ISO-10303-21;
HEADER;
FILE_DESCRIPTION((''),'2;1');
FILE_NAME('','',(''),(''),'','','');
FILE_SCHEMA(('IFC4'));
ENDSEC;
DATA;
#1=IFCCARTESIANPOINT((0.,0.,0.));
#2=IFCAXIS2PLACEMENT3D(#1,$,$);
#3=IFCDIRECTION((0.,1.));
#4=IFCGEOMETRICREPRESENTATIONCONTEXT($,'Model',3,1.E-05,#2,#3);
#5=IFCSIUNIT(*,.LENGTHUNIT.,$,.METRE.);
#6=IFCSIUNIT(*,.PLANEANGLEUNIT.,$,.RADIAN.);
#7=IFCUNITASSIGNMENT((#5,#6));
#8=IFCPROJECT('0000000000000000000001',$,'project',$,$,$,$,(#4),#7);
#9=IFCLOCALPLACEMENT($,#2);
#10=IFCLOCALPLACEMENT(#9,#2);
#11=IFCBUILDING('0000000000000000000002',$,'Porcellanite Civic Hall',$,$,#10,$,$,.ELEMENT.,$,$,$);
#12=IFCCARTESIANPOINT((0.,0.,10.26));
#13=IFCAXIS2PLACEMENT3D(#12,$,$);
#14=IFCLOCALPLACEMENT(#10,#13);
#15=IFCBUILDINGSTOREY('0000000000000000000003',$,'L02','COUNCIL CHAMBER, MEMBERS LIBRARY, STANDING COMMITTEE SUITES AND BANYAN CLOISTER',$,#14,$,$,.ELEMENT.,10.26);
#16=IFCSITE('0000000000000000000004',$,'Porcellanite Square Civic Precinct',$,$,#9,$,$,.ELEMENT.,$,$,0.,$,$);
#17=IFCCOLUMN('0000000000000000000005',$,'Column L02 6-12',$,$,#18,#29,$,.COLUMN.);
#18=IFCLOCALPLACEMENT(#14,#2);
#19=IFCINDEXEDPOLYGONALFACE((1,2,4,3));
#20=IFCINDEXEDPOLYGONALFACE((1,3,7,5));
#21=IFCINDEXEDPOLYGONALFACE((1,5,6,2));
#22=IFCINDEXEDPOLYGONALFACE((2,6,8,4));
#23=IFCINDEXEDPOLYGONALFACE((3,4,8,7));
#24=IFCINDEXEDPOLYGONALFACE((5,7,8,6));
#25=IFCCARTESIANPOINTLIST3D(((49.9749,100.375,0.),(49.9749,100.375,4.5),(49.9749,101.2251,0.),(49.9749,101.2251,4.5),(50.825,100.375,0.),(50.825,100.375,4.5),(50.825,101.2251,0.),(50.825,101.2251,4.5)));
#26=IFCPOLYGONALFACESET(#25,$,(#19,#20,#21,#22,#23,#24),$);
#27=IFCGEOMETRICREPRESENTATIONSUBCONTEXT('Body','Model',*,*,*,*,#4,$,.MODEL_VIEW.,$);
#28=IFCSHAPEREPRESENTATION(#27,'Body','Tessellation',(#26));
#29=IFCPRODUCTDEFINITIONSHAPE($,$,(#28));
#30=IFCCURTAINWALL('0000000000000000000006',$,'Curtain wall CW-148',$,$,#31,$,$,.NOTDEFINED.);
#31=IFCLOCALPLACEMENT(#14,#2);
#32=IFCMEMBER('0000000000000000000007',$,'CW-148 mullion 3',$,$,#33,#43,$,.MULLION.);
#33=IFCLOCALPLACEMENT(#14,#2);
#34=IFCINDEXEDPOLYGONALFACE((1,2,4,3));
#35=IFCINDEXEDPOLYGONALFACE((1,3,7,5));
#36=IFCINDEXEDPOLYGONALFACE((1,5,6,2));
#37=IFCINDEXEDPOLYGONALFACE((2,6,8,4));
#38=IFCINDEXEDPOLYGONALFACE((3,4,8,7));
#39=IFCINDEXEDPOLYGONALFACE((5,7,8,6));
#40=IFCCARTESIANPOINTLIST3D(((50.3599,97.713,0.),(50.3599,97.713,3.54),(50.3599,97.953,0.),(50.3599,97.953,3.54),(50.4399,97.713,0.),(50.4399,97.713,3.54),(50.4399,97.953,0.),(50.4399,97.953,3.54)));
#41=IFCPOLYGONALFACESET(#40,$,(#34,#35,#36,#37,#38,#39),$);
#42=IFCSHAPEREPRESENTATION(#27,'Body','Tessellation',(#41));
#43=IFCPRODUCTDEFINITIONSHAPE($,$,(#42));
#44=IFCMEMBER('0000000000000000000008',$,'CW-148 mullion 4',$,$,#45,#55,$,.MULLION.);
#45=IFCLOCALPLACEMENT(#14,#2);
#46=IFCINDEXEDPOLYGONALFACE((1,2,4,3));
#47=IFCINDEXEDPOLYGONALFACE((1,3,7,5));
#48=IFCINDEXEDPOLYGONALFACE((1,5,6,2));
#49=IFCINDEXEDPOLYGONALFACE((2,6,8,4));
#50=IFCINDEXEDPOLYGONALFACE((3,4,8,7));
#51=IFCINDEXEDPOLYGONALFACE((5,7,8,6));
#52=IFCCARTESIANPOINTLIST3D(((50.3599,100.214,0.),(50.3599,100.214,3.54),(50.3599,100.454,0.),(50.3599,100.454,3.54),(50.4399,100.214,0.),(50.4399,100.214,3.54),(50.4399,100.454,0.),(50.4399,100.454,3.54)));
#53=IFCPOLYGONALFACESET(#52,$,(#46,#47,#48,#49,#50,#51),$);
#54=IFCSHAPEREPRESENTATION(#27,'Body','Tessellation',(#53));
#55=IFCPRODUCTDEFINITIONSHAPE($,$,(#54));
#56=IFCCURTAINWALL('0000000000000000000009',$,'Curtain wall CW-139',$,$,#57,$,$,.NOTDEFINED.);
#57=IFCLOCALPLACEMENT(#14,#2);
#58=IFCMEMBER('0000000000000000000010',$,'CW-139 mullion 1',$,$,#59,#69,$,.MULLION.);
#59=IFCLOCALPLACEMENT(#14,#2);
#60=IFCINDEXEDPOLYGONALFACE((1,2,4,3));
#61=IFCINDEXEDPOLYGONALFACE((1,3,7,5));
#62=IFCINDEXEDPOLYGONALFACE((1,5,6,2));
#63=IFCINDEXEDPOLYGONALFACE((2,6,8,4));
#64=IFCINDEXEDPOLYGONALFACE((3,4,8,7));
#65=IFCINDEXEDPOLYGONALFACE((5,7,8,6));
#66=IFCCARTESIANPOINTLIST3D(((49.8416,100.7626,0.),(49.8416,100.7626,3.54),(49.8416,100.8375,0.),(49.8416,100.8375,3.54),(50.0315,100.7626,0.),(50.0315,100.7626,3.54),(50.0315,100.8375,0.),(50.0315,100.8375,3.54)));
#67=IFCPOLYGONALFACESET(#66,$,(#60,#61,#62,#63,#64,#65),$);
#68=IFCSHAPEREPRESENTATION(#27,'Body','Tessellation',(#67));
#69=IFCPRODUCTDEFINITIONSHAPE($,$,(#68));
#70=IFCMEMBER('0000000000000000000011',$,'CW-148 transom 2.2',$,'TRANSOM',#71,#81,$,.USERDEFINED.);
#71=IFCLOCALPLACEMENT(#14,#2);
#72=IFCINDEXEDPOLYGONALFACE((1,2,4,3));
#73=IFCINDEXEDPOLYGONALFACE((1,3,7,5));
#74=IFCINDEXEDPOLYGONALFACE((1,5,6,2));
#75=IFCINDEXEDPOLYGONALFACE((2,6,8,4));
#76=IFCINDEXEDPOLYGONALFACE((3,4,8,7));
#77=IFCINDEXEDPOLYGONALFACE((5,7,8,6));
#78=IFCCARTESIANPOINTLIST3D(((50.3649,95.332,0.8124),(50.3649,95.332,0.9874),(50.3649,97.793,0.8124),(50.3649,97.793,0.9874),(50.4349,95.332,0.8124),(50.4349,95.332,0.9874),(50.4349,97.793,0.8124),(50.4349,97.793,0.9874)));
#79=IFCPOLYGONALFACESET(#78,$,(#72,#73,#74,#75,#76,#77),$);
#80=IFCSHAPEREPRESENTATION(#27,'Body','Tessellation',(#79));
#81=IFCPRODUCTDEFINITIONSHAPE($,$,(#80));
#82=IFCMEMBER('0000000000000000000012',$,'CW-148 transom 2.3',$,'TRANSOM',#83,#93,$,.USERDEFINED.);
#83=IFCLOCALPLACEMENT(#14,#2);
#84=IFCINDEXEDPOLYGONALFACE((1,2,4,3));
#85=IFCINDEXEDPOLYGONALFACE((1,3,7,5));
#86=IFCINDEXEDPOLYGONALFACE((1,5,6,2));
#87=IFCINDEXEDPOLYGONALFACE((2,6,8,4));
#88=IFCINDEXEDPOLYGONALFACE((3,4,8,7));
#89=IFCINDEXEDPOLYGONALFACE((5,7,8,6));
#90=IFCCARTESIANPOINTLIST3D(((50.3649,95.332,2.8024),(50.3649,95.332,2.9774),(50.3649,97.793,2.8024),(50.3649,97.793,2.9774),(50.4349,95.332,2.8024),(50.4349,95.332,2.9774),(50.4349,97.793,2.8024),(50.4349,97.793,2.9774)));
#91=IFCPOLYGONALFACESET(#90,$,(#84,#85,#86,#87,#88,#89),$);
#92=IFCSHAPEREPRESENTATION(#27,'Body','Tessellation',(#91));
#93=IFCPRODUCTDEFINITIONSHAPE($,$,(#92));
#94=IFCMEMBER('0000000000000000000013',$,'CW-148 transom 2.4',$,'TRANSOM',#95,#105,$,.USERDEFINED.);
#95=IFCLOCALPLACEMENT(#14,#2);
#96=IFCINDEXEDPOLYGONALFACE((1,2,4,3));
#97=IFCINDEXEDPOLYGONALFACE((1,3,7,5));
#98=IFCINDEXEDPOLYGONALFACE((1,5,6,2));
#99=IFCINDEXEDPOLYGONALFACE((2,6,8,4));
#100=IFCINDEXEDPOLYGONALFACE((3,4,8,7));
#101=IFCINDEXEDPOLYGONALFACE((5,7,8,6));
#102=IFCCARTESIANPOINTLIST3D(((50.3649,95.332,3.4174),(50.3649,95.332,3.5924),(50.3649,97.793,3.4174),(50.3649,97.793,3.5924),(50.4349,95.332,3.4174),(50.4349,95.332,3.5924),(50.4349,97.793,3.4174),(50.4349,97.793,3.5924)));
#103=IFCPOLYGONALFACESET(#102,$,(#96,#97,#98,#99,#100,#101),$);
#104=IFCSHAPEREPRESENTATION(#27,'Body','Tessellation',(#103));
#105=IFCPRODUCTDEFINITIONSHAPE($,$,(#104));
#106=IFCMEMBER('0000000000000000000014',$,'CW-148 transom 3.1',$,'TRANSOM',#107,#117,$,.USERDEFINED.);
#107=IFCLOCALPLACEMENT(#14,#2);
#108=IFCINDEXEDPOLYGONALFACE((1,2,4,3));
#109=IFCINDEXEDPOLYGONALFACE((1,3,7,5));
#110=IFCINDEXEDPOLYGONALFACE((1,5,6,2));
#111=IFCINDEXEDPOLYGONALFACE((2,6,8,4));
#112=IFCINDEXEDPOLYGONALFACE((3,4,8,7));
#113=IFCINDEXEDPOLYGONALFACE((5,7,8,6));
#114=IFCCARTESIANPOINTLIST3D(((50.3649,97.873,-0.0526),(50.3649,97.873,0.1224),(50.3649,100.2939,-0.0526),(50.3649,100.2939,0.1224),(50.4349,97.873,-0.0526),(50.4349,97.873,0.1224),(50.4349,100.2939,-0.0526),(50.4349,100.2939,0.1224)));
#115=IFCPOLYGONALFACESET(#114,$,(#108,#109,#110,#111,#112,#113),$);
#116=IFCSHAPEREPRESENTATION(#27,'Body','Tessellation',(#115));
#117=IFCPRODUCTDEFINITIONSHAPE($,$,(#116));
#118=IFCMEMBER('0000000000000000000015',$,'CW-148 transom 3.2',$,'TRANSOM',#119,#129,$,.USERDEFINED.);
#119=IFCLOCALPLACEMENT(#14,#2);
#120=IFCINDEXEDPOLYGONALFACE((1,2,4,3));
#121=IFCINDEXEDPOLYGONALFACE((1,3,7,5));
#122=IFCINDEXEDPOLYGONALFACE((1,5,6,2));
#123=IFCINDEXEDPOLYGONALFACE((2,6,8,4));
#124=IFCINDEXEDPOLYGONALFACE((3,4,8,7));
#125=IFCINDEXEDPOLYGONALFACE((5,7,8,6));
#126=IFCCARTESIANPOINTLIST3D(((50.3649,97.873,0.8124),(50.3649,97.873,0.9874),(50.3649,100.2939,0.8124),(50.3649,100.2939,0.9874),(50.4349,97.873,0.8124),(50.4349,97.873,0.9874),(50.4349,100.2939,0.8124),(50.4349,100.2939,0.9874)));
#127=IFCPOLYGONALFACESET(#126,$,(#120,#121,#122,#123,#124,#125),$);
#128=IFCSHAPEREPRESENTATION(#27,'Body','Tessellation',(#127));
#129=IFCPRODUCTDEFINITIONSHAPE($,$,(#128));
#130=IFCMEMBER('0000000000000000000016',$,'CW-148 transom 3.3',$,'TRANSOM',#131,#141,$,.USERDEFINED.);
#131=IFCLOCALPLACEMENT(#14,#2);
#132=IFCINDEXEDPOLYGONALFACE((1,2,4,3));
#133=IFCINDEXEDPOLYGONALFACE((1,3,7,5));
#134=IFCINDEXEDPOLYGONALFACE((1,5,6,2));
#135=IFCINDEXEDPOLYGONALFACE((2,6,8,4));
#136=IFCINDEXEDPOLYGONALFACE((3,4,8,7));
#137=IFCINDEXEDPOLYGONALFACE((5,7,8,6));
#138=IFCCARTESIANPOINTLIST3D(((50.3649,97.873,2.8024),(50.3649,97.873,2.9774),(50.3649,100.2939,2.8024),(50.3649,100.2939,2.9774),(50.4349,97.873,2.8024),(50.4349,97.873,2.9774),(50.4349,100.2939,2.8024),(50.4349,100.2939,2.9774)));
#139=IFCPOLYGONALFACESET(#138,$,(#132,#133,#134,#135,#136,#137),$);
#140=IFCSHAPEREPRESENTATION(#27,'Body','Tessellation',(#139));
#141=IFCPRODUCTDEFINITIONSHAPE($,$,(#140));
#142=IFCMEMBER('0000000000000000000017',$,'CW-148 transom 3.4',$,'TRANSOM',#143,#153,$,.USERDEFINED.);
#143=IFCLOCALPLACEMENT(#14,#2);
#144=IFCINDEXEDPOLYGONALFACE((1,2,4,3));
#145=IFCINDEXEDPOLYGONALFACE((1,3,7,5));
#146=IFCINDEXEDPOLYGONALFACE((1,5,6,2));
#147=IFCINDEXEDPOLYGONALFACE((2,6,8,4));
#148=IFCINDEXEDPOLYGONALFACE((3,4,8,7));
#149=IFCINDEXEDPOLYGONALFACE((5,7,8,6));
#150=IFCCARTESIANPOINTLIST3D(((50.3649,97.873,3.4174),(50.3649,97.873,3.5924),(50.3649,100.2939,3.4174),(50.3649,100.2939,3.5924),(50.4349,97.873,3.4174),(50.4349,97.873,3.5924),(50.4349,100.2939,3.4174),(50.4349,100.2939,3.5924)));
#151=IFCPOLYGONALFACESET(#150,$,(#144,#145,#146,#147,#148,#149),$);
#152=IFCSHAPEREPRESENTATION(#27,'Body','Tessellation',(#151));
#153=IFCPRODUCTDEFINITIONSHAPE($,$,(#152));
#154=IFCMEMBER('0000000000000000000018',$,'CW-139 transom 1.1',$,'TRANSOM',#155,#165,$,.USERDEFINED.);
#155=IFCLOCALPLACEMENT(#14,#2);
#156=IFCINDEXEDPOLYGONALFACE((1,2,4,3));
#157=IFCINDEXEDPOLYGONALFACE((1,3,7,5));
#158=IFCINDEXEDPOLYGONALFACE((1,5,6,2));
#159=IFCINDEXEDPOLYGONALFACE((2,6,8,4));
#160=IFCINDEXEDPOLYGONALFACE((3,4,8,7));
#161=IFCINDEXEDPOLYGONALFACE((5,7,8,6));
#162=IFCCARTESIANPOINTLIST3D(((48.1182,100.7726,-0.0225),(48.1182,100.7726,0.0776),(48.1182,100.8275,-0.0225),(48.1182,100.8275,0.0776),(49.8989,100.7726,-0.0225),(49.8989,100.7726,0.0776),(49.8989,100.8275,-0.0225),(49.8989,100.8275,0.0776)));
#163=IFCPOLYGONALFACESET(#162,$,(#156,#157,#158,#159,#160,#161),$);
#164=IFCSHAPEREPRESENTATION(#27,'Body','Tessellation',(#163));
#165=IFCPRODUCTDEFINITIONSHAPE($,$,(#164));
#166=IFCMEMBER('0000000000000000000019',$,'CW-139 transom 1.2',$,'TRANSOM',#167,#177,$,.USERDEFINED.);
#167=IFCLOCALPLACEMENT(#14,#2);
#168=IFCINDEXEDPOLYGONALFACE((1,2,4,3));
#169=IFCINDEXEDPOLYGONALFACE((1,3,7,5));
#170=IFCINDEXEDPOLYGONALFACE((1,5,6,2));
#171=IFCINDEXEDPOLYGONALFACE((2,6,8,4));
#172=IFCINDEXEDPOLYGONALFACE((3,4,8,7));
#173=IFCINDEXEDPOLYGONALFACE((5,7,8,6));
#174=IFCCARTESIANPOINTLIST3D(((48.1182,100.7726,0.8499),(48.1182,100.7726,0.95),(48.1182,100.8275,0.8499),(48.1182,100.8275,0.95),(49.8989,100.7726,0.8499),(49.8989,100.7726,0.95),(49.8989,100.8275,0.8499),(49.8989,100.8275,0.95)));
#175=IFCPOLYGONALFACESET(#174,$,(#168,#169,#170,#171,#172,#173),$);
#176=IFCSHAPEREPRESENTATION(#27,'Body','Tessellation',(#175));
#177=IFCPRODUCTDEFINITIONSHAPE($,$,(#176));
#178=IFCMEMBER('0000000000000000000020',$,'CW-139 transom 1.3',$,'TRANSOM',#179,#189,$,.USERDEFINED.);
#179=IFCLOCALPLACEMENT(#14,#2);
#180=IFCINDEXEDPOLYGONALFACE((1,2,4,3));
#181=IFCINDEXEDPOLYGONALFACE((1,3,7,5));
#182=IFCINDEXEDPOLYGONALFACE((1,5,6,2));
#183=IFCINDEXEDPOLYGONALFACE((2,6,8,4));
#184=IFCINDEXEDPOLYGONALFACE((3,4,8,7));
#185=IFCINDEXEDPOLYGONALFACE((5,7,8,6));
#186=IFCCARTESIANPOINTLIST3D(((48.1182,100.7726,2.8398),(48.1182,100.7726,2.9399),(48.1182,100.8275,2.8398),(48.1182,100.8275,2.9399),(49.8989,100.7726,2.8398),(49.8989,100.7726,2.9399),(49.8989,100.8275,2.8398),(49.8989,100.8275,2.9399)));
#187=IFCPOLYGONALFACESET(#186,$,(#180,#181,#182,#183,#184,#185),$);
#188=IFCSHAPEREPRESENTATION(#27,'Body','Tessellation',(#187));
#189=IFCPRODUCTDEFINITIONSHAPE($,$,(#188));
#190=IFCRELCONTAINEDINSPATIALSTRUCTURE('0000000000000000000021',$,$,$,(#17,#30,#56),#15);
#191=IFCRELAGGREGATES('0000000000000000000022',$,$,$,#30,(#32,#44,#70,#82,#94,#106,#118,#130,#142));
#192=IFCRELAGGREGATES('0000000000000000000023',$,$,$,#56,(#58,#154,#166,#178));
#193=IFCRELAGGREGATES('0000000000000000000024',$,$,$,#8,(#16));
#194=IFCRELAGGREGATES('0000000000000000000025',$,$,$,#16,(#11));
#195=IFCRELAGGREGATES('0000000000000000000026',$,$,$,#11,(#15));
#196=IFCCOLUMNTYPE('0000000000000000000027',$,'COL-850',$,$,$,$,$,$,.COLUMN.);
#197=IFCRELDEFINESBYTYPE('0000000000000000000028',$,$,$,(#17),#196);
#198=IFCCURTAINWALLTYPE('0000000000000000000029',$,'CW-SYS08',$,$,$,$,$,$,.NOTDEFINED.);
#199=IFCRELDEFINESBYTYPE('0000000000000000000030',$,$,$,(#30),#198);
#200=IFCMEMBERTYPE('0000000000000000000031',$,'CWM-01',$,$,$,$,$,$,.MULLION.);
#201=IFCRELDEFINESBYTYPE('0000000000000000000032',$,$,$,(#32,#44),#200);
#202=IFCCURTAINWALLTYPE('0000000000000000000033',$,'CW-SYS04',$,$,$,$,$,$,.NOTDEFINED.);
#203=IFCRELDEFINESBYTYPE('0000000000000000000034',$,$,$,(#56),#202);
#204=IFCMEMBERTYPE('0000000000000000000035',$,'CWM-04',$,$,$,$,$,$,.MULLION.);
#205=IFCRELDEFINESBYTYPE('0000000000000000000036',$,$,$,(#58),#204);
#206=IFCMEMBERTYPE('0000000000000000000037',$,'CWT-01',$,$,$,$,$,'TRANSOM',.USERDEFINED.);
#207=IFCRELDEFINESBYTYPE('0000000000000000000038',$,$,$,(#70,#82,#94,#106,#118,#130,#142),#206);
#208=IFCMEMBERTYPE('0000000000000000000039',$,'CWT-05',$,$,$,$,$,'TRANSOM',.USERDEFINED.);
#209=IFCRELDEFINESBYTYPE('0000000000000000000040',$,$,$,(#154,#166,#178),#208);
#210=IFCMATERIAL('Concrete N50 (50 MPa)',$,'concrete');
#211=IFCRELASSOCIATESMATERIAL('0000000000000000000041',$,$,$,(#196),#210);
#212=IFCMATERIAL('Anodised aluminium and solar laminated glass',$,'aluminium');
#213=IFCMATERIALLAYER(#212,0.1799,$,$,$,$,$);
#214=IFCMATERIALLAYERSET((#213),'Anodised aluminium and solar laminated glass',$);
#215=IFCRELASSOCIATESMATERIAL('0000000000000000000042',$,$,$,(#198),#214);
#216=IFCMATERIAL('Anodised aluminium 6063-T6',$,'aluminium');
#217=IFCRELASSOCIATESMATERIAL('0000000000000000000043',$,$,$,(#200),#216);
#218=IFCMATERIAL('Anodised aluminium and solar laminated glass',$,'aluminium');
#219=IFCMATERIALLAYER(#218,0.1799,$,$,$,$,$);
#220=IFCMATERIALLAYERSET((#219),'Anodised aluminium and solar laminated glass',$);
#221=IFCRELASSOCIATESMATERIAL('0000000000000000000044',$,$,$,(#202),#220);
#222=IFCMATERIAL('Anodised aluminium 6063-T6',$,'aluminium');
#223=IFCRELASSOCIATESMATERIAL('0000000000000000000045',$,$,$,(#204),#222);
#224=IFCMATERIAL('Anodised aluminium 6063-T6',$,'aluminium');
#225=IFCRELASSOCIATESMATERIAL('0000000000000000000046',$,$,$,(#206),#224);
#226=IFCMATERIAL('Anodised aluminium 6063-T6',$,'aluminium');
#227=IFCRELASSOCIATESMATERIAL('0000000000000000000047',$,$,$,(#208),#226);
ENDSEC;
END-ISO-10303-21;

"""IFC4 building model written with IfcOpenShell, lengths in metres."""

from ifc_helpers import new_model, si_unit, direction, frame, origin, origin_2d, place, context, subcontext, project, spatial, rectangle, extrude, material, layer, layer_set, material_profile, profile_set, type_object, element, aggregate, save


model = new_model("IFC4")

# Units and contexts
model_context = context("Model", 3, precision=1e-05, world=origin(), true_north=direction((0.0, 1.0)))
body_context = subcontext(model_context, "Body", "Model", "MODEL_VIEW")
ifc_project = project(units=[si_unit("LENGTHUNIT", "METRE"), si_unit("PLANEANGLEUNIT", "RADIAN")], contexts=[model_context])

# Site, building, storey
site_placement = place(None, origin())
site = spatial("IfcSite", under=ifc_project, at=site_placement, Name="Porcellanite Square Civic Precinct", CompositionType="ELEMENT", RefElevation=0.0)
building_placement = place(site_placement, origin())
building = spatial("IfcBuilding", under=site, at=building_placement, Name="Porcellanite Civic Hall", CompositionType="ELEMENT")
storey_placement = place(building_placement, frame((0.0, 0.0, 10.26)))
storey = spatial("IfcBuildingStorey", under=building, at=storey_placement, Name="L02", Description="COUNCIL CHAMBER, MEMBERS LIBRARY, STANDING COMMITTEE SUITES AND BANYAN CLOISTER", CompositionType="ELEMENT", Elevation=10.26)

# Column
ifc_material_1 = material(Name="Concrete N50 (50 MPa)", Category="concrete")
ifc_material_profile_1 = material_profile(ifc_material_1, rectangle(XDim=0.8501, YDim=0.8501, at=origin_2d()), Name="RC-850x850")
ifc_profile_set_1 = profile_set([ifc_material_profile_1], Name="Concrete N50 (50 MPa)")
column_type = type_object("IfcColumnType", Name="COL-850", PredefinedType="COLUMN", material=ifc_profile_set_1)
column_placement = place(storey_placement, frame((50.3999, 100.8, 0.0), z_axis=(0.0, 0.0, 1.0), x_axis=(1.0, 0.0, 0.0)))
element("IfcColumn", 1, at=column_placement, inside=storey, type_object=column_type, Name="Column L02 6-12", PredefinedType="COLUMN", context=body_context, shape_type="SweptSolid", body=[
    extrude(rectangle(XDim=0.8501, YDim=0.8501, at=origin_2d()), origin(), (0.0, 0.0, 1.0), 4.5),
])

# Curtain wall, members
ifc_material_2 = material(Name="Anodised aluminium and solar laminated glass", Category="aluminium")
ifc_layer_1 = layer(ifc_material_2, 0.1799)
ifc_layer_set_1 = layer_set([ifc_layer_1], Name="Anodised aluminium and solar laminated glass")
curtain_wall_type_1 = type_object("IfcCurtainWallType", Name="CW-SYS08", PredefinedType="NOTDEFINED", material=ifc_layer_set_1)
curtain_wall_1_placement = place(storey_placement, origin())
curtain_wall_1 = element("IfcCurtainWall", 2, at=curtain_wall_1_placement, inside=storey, type_object=curtain_wall_type_1, Name="Curtain wall CW-148", PredefinedType="NOTDEFINED")
ifc_material_3 = material(Name="Anodised aluminium 6063-T6", Category="aluminium")
ifc_material_profile_2 = material_profile(ifc_material_3, rectangle(XDim=0.0801, YDim=0.24, at=origin_2d()), Name="AL-80x240")
ifc_profile_set_2 = profile_set([ifc_material_profile_2], Name="Anodised aluminium 6063-T6")
member_type_1 = type_object("IfcMemberType", Name="CWM-01", PredefinedType="MULLION", material=ifc_profile_set_2)
member_1_placement = place(storey_placement, frame((50.3999, 97.833, 0.0), z_axis=(0.0, 0.0, 1.0), x_axis=(-1.0, 0.0, 0.0)))
member_1 = element("IfcMember", 3, at=member_1_placement, type_object=member_type_1, Name="CW-148 mullion 3", PredefinedType="MULLION", context=body_context, shape_type="SweptSolid", body=[
    extrude(rectangle(XDim=0.0801, YDim=0.24, at=origin_2d()), origin(), (0.0, 0.0, 1.0), 3.54),
])
member_2_placement = place(storey_placement, frame((50.3999, 100.334, 0.0), z_axis=(0.0, 0.0, 1.0), x_axis=(-1.0, 0.0, 0.0)))
member_2 = element("IfcMember", 4, at=member_2_placement, type_object=member_type_1, Name="CW-148 mullion 4", PredefinedType="MULLION", context=body_context, shape_type="SweptSolid", body=[
    extrude(rectangle(XDim=0.0801, YDim=0.24, at=origin_2d()), origin(), (0.0, 0.0, 1.0), 3.54),
])

# Curtain wall, member
ifc_material_4 = material(Name="Anodised aluminium and solar laminated glass", Category="aluminium")
ifc_layer_2 = layer(ifc_material_4, 0.1799)
ifc_layer_set_2 = layer_set([ifc_layer_2], Name="Anodised aluminium and solar laminated glass")
curtain_wall_type_2 = type_object("IfcCurtainWallType", Name="CW-SYS04", PredefinedType="NOTDEFINED", material=ifc_layer_set_2)
curtain_wall_2_placement = place(storey_placement, origin())
curtain_wall_2 = element("IfcCurtainWall", 5, at=curtain_wall_2_placement, inside=storey, type_object=curtain_wall_type_2, Name="Curtain wall CW-139", PredefinedType="NOTDEFINED")
ifc_material_5 = material(Name="Anodised aluminium 6063-T6", Category="aluminium")
ifc_material_profile_3 = material_profile(ifc_material_5, rectangle(XDim=0.075, YDim=0.1899, at=origin_2d()), Name="AL-75x190")
ifc_profile_set_3 = profile_set([ifc_material_profile_3], Name="Anodised aluminium 6063-T6")
member_type_2 = type_object("IfcMemberType", Name="CWM-04", PredefinedType="MULLION", material=ifc_profile_set_3)
member_3_placement = place(storey_placement, frame((49.9365, 100.8, 0.0), z_axis=(0.0, 0.0, 1.0), x_axis=(0.0, -1.0, 0.0)))
member_3 = element("IfcMember", 6, at=member_3_placement, type_object=member_type_2, Name="CW-139 mullion 1", PredefinedType="MULLION", context=body_context, shape_type="SweptSolid", body=[
    extrude(rectangle(XDim=0.075, YDim=0.1899, at=origin_2d()), origin(), (0.0, 0.0, 1.0), 3.54),
])

# Members
ifc_material_6 = material(Name="Anodised aluminium 6063-T6", Category="aluminium")
ifc_material_profile_4 = material_profile(ifc_material_6, rectangle(XDim=0.0701, YDim=0.175, at=origin_2d()), Name="AL-70x175")
ifc_profile_set_4 = profile_set([ifc_material_profile_4], Name="Anodised aluminium 6063-T6")
member_type_3 = type_object("IfcMemberType", Name="CWT-01", ElementType="TRANSOM", PredefinedType="USERDEFINED", material=ifc_profile_set_4)
member_4_placement = place(storey_placement, frame((50.3999, 95.332, 0.8999), z_axis=(0.0, 1.0, 0.0), x_axis=(-1.0, 0.0, 0.0)))
member_4 = element("IfcMember", 7, at=member_4_placement, type_object=member_type_3, Name="CW-148 transom 2.2", ObjectType="TRANSOM", PredefinedType="USERDEFINED", context=body_context, shape_type="SweptSolid", body=[
    extrude(rectangle(XDim=0.0701, YDim=0.175, at=origin_2d()), origin(), (0.0, 0.0, 1.0), 2.4609),
])
member_5_placement = place(storey_placement, frame((50.3999, 95.332, 2.8899), z_axis=(0.0, 1.0, 0.0), x_axis=(-1.0, 0.0, 0.0)))
member_5 = element("IfcMember", 8, at=member_5_placement, type_object=member_type_3, Name="CW-148 transom 2.3", ObjectType="TRANSOM", PredefinedType="USERDEFINED", context=body_context, shape_type="SweptSolid", body=[
    extrude(rectangle(XDim=0.0701, YDim=0.175, at=origin_2d()), origin(), (0.0, 0.0, 1.0), 2.4609),
])
member_6_placement = place(storey_placement, frame((50.3999, 95.332, 3.5049), z_axis=(0.0, 1.0, 0.0), x_axis=(-1.0, 0.0, 0.0)))
member_6 = element("IfcMember", 9, at=member_6_placement, type_object=member_type_3, Name="CW-148 transom 2.4", ObjectType="TRANSOM", PredefinedType="USERDEFINED", context=body_context, shape_type="SweptSolid", body=[
    extrude(rectangle(XDim=0.0701, YDim=0.175, at=origin_2d()), origin(), (0.0, 0.0, 1.0), 2.4609),
])
member_7_placement = place(storey_placement, frame((50.3999, 97.873, 0.0349), z_axis=(0.0, 1.0, 0.0), x_axis=(-1.0, 0.0, 0.0)))
member_7 = element("IfcMember", 10, at=member_7_placement, type_object=member_type_3, Name="CW-148 transom 3.1", ObjectType="TRANSOM", PredefinedType="USERDEFINED", context=body_context, shape_type="SweptSolid", body=[
    extrude(rectangle(XDim=0.0701, YDim=0.175, at=origin_2d()), origin(), (0.0, 0.0, 1.0), 2.4209),
])
member_8_placement = place(storey_placement, frame((50.3999, 97.873, 0.8999), z_axis=(0.0, 1.0, 0.0), x_axis=(-1.0, 0.0, 0.0)))
member_8 = element("IfcMember", 11, at=member_8_placement, type_object=member_type_3, Name="CW-148 transom 3.2", ObjectType="TRANSOM", PredefinedType="USERDEFINED", context=body_context, shape_type="SweptSolid", body=[
    extrude(rectangle(XDim=0.0701, YDim=0.175, at=origin_2d()), origin(), (0.0, 0.0, 1.0), 2.4209),
])
member_9_placement = place(storey_placement, frame((50.3999, 97.873, 2.8899), z_axis=(0.0, 1.0, 0.0), x_axis=(-1.0, 0.0, 0.0)))
member_9 = element("IfcMember", 12, at=member_9_placement, type_object=member_type_3, Name="CW-148 transom 3.3", ObjectType="TRANSOM", PredefinedType="USERDEFINED", context=body_context, shape_type="SweptSolid", body=[
    extrude(rectangle(XDim=0.0701, YDim=0.175, at=origin_2d()), origin(), (0.0, 0.0, 1.0), 2.4209),
])
member_10_placement = place(storey_placement, frame((50.3999, 97.873, 3.5049), z_axis=(0.0, 1.0, 0.0), x_axis=(-1.0, 0.0, 0.0)))
member_10 = element("IfcMember", 13, at=member_10_placement, type_object=member_type_3, Name="CW-148 transom 3.4", ObjectType="TRANSOM", PredefinedType="USERDEFINED", context=body_context, shape_type="SweptSolid", body=[
    extrude(rectangle(XDim=0.0701, YDim=0.175, at=origin_2d()), origin(), (0.0, 0.0, 1.0), 2.4209),
])
ifc_material_7 = material(Name="Anodised aluminium 6063-T6", Category="aluminium")
ifc_material_profile_5 = material_profile(ifc_material_7, rectangle(XDim=0.0549, YDim=0.1001, at=origin_2d()), Name="AL-55x100")
ifc_profile_set_5 = profile_set([ifc_material_profile_5], Name="Anodised aluminium 6063-T6")
member_type_4 = type_object("IfcMemberType", Name="CWT-05", ElementType="TRANSOM", PredefinedType="USERDEFINED", material=ifc_profile_set_5)
member_11_placement = place(storey_placement, frame((49.8989, 100.8, 0.0276), z_axis=(-1.0, 0.0, 0.0), x_axis=(0.0, -1.0, 0.0)))
member_11 = element("IfcMember", 14, at=member_11_placement, type_object=member_type_4, Name="CW-139 transom 1.1", ObjectType="TRANSOM", PredefinedType="USERDEFINED", context=body_context, shape_type="SweptSolid", body=[
    extrude(rectangle(XDim=0.0549, YDim=0.1001, at=origin_2d()), origin(), (0.0, 0.0, 1.0), 1.7808),
])
member_12_placement = place(storey_placement, frame((49.8989, 100.8, 0.8999), z_axis=(-1.0, 0.0, 0.0), x_axis=(0.0, -1.0, 0.0)))
member_12 = element("IfcMember", 15, at=member_12_placement, type_object=member_type_4, Name="CW-139 transom 1.2", ObjectType="TRANSOM", PredefinedType="USERDEFINED", context=body_context, shape_type="SweptSolid", body=[
    extrude(rectangle(XDim=0.0549, YDim=0.1001, at=origin_2d()), origin(), (0.0, 0.0, 1.0), 1.7808),
])
member_13_placement = place(storey_placement, frame((49.8989, 100.8, 2.8899), z_axis=(-1.0, 0.0, 0.0), x_axis=(0.0, -1.0, 0.0)))
member_13 = element("IfcMember", 16, at=member_13_placement, type_object=member_type_4, Name="CW-139 transom 1.3", ObjectType="TRANSOM", PredefinedType="USERDEFINED", context=body_context, shape_type="SweptSolid", body=[
    extrude(rectangle(XDim=0.0549, YDim=0.1001, at=origin_2d()), origin(), (0.0, 0.0, 1.0), 1.7808),
])

aggregate(curtain_wall_1, [member_1, member_2, member_4, member_5, member_6, member_7, member_8, member_9, member_10])
aggregate(curtain_wall_2, [member_3, member_11, member_12, member_13])

save(model, "model.ifc")
